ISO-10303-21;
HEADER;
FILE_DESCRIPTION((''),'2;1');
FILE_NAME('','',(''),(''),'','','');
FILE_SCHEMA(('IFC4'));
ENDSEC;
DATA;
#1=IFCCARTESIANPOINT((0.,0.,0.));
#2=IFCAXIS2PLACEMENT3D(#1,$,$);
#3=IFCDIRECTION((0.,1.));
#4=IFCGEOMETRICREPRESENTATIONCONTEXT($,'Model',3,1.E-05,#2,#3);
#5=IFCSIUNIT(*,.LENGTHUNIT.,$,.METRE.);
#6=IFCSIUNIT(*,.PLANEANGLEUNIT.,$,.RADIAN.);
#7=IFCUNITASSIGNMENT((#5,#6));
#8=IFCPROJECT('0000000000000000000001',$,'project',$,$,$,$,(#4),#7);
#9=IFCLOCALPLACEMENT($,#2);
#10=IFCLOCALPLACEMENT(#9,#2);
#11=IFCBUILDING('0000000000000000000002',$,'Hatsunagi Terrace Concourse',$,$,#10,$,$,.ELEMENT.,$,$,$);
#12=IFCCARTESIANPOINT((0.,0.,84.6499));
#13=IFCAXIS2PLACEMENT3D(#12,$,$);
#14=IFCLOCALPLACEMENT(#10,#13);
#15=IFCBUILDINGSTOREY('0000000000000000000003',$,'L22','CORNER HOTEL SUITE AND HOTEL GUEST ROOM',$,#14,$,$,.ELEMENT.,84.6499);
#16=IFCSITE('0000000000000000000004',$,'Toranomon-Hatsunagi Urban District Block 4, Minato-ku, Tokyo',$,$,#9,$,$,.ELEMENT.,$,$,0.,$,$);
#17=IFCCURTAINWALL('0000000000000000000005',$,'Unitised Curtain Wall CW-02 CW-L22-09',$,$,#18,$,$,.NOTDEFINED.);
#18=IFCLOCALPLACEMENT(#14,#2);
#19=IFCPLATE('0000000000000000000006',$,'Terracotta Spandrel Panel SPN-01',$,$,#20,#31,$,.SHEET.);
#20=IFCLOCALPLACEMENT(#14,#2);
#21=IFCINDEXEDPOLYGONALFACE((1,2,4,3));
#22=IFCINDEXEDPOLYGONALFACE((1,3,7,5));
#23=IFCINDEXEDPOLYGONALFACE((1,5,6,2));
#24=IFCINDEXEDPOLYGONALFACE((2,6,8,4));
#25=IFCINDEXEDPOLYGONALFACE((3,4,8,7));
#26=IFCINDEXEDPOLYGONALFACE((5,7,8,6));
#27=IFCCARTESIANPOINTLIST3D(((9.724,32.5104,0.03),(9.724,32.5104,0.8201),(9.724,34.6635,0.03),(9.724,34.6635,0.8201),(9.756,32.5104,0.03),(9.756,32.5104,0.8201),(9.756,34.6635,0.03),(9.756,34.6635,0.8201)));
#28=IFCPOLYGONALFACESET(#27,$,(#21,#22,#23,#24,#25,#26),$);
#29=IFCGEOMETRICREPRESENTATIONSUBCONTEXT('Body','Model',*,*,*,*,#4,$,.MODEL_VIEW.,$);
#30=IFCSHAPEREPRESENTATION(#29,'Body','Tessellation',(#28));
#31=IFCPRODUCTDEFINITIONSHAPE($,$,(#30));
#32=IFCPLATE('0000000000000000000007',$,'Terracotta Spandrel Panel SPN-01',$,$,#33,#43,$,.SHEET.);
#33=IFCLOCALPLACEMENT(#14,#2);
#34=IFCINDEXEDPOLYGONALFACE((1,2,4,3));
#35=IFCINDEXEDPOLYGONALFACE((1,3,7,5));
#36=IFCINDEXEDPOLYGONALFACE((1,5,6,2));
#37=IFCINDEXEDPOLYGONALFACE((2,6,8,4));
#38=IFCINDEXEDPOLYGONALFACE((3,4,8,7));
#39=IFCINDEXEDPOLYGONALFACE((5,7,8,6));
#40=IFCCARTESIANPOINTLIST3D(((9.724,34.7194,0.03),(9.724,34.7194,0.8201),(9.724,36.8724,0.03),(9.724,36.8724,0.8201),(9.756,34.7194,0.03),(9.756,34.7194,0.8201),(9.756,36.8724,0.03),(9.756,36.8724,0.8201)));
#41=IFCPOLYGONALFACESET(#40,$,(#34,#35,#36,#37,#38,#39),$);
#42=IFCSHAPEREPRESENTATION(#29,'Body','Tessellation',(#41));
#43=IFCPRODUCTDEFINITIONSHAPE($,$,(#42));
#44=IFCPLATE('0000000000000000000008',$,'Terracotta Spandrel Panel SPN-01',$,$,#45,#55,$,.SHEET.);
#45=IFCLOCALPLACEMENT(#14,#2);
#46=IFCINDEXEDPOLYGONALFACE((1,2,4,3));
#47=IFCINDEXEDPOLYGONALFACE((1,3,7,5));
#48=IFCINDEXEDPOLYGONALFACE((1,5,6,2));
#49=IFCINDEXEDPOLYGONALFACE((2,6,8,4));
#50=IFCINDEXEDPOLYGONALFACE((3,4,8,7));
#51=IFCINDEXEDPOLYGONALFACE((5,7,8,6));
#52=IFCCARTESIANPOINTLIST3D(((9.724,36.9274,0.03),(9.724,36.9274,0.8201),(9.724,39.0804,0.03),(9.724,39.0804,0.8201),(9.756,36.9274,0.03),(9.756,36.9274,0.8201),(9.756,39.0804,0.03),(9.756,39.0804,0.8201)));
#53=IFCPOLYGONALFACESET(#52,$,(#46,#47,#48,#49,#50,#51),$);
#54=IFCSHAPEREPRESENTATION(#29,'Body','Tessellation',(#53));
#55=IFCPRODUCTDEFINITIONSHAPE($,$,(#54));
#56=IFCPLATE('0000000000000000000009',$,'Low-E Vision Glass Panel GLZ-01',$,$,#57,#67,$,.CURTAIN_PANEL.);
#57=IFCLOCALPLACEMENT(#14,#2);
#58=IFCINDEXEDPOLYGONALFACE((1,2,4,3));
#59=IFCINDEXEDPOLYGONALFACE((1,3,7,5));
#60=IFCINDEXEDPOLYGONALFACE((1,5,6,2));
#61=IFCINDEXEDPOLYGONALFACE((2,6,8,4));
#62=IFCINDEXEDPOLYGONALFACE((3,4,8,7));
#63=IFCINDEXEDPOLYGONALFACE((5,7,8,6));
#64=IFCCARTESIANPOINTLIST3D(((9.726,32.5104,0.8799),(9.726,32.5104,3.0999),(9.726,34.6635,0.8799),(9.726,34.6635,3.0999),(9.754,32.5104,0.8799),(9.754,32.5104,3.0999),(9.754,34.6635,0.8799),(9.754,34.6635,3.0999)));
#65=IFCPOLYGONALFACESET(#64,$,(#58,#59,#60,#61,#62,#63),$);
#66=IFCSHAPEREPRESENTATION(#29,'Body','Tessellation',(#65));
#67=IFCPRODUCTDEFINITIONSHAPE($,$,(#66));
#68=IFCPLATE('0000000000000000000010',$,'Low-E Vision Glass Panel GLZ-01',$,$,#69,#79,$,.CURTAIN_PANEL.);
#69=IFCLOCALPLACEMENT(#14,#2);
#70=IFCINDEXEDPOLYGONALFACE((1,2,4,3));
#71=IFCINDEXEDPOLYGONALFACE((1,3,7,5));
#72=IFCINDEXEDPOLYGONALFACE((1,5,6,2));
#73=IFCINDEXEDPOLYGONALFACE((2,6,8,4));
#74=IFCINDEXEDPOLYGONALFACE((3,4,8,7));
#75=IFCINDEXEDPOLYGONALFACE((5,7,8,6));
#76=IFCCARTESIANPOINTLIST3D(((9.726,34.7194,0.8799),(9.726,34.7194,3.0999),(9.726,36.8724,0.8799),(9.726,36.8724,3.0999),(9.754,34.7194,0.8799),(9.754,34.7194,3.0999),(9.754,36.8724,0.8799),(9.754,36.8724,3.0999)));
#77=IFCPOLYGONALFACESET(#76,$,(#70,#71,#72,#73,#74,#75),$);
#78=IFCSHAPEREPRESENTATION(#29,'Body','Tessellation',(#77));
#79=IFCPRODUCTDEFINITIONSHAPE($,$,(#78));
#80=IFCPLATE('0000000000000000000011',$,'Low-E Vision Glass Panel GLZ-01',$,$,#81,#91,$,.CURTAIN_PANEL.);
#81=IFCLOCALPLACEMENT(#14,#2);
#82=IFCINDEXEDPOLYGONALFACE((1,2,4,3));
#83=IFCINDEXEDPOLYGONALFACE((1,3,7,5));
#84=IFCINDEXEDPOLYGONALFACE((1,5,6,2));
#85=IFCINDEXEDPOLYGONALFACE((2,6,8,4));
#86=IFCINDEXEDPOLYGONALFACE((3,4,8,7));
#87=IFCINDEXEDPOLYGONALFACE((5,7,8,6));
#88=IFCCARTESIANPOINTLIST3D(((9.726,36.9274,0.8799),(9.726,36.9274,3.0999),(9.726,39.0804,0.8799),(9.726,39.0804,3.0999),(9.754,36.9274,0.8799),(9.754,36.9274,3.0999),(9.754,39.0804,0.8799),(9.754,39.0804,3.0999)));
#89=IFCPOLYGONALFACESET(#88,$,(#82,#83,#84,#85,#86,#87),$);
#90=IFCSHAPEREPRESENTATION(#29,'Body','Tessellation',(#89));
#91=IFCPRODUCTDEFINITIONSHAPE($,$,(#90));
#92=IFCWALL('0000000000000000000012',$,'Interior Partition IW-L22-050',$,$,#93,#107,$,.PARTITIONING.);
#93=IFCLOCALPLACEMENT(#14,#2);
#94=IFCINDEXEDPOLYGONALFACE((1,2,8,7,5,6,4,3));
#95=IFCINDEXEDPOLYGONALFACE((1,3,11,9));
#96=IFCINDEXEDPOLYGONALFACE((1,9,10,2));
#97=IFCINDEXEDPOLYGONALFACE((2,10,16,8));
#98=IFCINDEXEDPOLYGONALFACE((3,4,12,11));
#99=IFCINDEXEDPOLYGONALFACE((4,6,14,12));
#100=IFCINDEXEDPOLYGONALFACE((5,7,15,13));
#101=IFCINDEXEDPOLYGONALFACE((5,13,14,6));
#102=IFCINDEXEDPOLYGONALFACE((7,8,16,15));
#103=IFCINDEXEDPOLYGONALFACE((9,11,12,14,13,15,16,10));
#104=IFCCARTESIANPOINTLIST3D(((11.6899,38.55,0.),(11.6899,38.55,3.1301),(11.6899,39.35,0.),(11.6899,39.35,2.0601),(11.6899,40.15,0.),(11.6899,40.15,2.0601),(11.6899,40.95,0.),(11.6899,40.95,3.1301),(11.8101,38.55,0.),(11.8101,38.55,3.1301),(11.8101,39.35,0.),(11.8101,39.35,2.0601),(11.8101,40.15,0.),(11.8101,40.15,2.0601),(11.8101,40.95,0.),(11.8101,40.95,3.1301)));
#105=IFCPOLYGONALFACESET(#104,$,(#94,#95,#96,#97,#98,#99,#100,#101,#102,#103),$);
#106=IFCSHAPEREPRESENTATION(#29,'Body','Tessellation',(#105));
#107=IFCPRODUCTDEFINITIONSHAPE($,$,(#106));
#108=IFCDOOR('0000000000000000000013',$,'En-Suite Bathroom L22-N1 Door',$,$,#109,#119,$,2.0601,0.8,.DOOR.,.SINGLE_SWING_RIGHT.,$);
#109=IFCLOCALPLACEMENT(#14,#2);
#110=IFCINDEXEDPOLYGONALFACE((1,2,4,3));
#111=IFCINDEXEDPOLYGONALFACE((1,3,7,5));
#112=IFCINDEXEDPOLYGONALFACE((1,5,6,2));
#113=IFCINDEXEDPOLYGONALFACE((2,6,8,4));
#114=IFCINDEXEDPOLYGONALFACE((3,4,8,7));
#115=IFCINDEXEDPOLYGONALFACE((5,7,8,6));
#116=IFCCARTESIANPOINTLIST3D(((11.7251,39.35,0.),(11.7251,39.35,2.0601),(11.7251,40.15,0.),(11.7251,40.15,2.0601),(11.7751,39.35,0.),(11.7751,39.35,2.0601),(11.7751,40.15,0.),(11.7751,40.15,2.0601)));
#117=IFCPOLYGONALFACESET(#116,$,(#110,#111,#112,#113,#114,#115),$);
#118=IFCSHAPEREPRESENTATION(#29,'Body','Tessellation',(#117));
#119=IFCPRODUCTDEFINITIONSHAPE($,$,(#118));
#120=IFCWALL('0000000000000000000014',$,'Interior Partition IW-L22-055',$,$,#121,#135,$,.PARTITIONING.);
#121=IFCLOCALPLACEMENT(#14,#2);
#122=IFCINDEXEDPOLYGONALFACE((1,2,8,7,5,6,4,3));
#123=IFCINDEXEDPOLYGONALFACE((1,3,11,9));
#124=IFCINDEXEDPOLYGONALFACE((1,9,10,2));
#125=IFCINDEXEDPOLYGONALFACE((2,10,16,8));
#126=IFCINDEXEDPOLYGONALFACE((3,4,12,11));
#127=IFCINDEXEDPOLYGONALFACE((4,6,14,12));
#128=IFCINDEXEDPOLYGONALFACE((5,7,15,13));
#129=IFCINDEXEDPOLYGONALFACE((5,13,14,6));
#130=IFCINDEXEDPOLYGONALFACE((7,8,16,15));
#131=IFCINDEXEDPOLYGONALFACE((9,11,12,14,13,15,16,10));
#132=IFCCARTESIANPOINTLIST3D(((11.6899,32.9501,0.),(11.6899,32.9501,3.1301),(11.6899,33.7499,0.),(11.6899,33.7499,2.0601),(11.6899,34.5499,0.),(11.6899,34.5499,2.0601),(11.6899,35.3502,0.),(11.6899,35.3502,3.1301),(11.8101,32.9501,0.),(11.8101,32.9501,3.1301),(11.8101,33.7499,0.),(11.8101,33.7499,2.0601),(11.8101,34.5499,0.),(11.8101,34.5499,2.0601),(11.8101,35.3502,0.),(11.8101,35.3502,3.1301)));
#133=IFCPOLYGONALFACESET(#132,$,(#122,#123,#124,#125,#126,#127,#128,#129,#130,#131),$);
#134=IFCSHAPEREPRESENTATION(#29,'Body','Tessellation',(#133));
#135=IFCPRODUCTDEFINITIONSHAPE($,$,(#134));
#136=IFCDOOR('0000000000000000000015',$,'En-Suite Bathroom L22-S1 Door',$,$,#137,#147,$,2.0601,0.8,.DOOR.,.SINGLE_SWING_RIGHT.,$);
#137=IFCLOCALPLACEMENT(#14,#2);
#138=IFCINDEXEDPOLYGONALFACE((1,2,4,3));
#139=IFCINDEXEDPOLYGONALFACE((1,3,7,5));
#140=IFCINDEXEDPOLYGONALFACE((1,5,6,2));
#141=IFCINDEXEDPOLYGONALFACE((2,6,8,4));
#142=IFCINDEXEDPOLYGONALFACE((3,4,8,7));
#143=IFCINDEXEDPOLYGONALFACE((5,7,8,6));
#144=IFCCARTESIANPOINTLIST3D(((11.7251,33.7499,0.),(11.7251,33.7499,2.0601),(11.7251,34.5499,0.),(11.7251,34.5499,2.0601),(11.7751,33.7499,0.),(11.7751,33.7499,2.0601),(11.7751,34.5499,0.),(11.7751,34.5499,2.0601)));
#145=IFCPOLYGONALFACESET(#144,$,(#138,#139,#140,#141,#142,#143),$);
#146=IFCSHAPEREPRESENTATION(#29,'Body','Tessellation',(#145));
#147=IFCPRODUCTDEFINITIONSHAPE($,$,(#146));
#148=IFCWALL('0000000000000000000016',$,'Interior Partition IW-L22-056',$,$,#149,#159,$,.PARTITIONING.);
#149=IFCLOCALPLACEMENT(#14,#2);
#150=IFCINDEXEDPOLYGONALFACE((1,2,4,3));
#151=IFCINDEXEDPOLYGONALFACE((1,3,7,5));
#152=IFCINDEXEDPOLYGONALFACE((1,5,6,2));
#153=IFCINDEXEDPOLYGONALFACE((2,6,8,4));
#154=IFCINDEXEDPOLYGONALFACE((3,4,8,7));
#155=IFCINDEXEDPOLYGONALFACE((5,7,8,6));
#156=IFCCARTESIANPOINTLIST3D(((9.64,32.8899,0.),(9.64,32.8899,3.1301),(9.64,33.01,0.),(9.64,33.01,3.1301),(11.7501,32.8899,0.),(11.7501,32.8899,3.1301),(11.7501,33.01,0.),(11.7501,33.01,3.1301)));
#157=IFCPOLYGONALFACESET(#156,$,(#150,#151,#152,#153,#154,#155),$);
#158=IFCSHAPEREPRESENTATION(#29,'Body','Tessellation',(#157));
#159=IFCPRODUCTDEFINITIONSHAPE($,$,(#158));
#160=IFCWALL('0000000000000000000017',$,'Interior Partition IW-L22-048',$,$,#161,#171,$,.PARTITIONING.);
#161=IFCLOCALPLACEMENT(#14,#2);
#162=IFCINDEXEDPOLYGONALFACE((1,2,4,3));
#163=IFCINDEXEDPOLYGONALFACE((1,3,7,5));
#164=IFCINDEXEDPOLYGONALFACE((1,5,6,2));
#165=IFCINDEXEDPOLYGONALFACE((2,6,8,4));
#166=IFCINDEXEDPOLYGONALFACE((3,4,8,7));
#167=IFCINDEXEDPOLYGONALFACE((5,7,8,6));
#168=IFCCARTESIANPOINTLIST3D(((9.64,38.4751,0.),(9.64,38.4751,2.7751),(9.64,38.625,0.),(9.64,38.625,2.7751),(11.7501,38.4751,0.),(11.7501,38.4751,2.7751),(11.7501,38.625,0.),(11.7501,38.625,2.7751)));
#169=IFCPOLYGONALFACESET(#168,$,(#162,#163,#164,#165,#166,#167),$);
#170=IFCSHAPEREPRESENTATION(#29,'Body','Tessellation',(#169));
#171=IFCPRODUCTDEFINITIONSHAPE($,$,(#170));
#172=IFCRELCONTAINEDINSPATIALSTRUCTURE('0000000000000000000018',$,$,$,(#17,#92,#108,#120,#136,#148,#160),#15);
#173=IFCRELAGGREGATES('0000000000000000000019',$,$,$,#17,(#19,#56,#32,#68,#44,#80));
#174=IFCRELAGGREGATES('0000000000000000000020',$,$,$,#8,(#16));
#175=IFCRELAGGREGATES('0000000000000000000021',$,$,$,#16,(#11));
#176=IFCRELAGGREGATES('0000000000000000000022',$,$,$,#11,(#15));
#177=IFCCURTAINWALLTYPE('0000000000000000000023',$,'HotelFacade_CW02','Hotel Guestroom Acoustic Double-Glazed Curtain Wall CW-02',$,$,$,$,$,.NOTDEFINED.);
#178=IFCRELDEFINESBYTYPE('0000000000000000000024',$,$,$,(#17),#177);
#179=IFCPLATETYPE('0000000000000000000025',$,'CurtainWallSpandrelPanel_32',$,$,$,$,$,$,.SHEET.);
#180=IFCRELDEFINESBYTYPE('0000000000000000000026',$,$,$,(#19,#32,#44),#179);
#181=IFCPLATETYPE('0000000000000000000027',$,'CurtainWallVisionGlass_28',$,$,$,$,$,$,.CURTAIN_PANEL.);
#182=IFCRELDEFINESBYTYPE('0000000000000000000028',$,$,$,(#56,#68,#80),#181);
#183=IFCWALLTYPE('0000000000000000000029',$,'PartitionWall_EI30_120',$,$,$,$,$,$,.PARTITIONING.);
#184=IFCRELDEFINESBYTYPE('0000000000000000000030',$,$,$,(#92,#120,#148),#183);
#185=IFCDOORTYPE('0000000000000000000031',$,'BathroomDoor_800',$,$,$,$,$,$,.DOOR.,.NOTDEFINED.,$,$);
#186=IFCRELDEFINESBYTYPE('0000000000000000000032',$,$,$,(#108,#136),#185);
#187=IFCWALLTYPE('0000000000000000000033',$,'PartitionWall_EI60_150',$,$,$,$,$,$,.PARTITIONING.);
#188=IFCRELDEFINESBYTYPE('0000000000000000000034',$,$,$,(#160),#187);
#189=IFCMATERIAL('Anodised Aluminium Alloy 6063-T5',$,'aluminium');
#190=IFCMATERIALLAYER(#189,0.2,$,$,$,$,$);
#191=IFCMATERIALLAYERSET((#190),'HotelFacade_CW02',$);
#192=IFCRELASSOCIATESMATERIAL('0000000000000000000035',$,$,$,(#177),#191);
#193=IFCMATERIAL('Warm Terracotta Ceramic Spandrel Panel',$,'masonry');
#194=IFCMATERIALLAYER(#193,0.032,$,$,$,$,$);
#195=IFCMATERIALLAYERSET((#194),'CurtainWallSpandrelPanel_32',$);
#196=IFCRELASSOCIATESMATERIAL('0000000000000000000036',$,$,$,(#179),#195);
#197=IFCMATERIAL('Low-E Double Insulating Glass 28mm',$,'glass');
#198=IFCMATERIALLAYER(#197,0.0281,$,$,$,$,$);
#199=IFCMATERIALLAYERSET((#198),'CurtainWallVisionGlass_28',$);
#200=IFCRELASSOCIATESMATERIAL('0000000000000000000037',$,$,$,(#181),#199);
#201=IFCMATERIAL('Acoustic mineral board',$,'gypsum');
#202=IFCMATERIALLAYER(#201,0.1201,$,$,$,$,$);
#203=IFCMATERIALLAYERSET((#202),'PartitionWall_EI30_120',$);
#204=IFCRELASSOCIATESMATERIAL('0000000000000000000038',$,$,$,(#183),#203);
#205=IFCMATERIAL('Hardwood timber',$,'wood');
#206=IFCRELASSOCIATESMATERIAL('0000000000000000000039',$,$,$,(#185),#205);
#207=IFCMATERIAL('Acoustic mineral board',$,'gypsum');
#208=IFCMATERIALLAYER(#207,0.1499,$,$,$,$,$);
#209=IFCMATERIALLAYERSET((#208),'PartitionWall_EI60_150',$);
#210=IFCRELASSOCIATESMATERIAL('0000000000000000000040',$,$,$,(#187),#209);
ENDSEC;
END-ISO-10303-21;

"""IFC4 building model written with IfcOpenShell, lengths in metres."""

from ifc_helpers import new_model, si_unit, direction, frame, frame_2d, origin, origin_2d, place, context, subcontext, project, spatial, rectangle, extrude, material, layer, layer_set, type_object, element, fill, aggregate, save


model = new_model("IFC4")

# Units and contexts
model_context = context("Model", 3, precision=1e-05, world=origin(), true_north=direction((0.0, 1.0)))
body_context = subcontext(model_context, "Body", "Model", "MODEL_VIEW")
ifc_project = project(units=[si_unit("LENGTHUNIT", "METRE"), si_unit("PLANEANGLEUNIT", "RADIAN")], contexts=[model_context])

# Site, building, storey
site_placement = place(None, origin())
site = spatial("IfcSite", under=ifc_project, at=site_placement, Name="Toranomon-Hatsunagi Urban District Block 4, Minato-ku, Tokyo", CompositionType="ELEMENT", RefElevation=0.0)
building_placement = place(site_placement, origin())
building = spatial("IfcBuilding", under=site, at=building_placement, Name="Hatsunagi Terrace Concourse", CompositionType="ELEMENT")
storey_placement = place(building_placement, frame((0.0, 0.0, 84.6499)))
storey = spatial("IfcBuildingStorey", under=building, at=storey_placement, Name="L22", Description="CORNER HOTEL SUITE AND HOTEL GUEST ROOM", CompositionType="ELEMENT", Elevation=84.6499)

# Curtain wall
ifc_material_1 = material(Name="Anodised Aluminium Alloy 6063-T5", Category="aluminium")
ifc_layer_1 = layer(ifc_material_1, 0.2)
ifc_layer_set_1 = layer_set([ifc_layer_1], Name="HotelFacade_CW02")
curtain_wall_type = type_object("IfcCurtainWallType", Name="HotelFacade_CW02", Description="Hotel Guestroom Acoustic Double-Glazed Curtain Wall CW-02", PredefinedType="NOTDEFINED", material=ifc_layer_set_1)
curtain_wall_placement = place(storey_placement, origin())
curtain_wall = element("IfcCurtainWall", 1, at=curtain_wall_placement, inside=storey, type_object=curtain_wall_type, Name="Unitised Curtain Wall CW-02 CW-L22-09", PredefinedType="NOTDEFINED")

# Plates
ifc_material_2 = material(Name="Warm Terracotta Ceramic Spandrel Panel", Category="masonry")
ifc_layer_2 = layer(ifc_material_2, 0.032)
ifc_layer_set_2 = layer_set([ifc_layer_2], Name="CurtainWallSpandrelPanel_32")
plate_type_1 = type_object("IfcPlateType", Name="CurtainWallSpandrelPanel_32", PredefinedType="SHEET", material=ifc_layer_set_2)
plate_1_placement = place(storey_placement, frame((9.74, 33.5869, 0.03), z_axis=(0.0, 0.0, 1.0), x_axis=(0.0, 1.0, 0.0)))
plate_1 = element("IfcPlate", 2, at=plate_1_placement, type_object=plate_type_1, Name="Terracotta Spandrel Panel SPN-01", PredefinedType="SHEET", context=body_context, shape_type="SweptSolid", body=[
    extrude(rectangle(XDim=2.1531, YDim=0.032, at=origin_2d()), origin(), (0.0, 0.0, 1.0), 0.79),
])
plate_2_placement = place(storey_placement, frame((9.74, 35.7959, 0.03), z_axis=(0.0, 0.0, 1.0), x_axis=(0.0, 1.0, 0.0)))
plate_2 = element("IfcPlate", 3, at=plate_2_placement, type_object=plate_type_1, Name="Terracotta Spandrel Panel SPN-01", PredefinedType="SHEET", context=body_context, shape_type="SweptSolid", body=[
    extrude(rectangle(XDim=2.1531, YDim=0.032, at=origin_2d()), origin(), (0.0, 0.0, 1.0), 0.79),
])
plate_3_placement = place(storey_placement, frame((9.74, 38.0039, 0.03), z_axis=(0.0, 0.0, 1.0), x_axis=(0.0, 1.0, 0.0)))
plate_3 = element("IfcPlate", 4, at=plate_3_placement, type_object=plate_type_1, Name="Terracotta Spandrel Panel SPN-01", PredefinedType="SHEET", context=body_context, shape_type="SweptSolid", body=[
    extrude(rectangle(XDim=2.1531, YDim=0.032, at=origin_2d()), origin(), (0.0, 0.0, 1.0), 0.79),
])
ifc_material_3 = material(Name="Low-E Double Insulating Glass 28mm", Category="glass")
ifc_layer_3 = layer(ifc_material_3, 0.0281)
ifc_layer_set_3 = layer_set([ifc_layer_3], Name="CurtainWallVisionGlass_28")
plate_type_2 = type_object("IfcPlateType", Name="CurtainWallVisionGlass_28", PredefinedType="CURTAIN_PANEL", material=ifc_layer_set_3)
plate_4_placement = place(storey_placement, frame((9.74, 33.5869, 0.8799), z_axis=(0.0, 0.0, 1.0), x_axis=(0.0, 1.0, 0.0)))
plate_4 = element("IfcPlate", 5, at=plate_4_placement, type_object=plate_type_2, Name="Low-E Vision Glass Panel GLZ-01", PredefinedType="CURTAIN_PANEL", context=body_context, shape_type="SweptSolid", body=[
    extrude(rectangle(XDim=2.1531, YDim=0.0281, at=origin_2d()), origin(), (0.0, 0.0, 1.0), 2.22),
])
plate_5_placement = place(storey_placement, frame((9.74, 35.7959, 0.8799), z_axis=(0.0, 0.0, 1.0), x_axis=(0.0, 1.0, 0.0)))
plate_5 = element("IfcPlate", 6, at=plate_5_placement, type_object=plate_type_2, Name="Low-E Vision Glass Panel GLZ-01", PredefinedType="CURTAIN_PANEL", context=body_context, shape_type="SweptSolid", body=[
    extrude(rectangle(XDim=2.1531, YDim=0.0281, at=origin_2d()), origin(), (0.0, 0.0, 1.0), 2.22),
])
plate_6_placement = place(storey_placement, frame((9.74, 38.0039, 0.8799), z_axis=(0.0, 0.0, 1.0), x_axis=(0.0, 1.0, 0.0)))
plate_6 = element("IfcPlate", 7, at=plate_6_placement, type_object=plate_type_2, Name="Low-E Vision Glass Panel GLZ-01", PredefinedType="CURTAIN_PANEL", context=body_context, shape_type="SweptSolid", body=[
    extrude(rectangle(XDim=2.1531, YDim=0.0281, at=origin_2d()), origin(), (0.0, 0.0, 1.0), 2.22),
])
aggregate(curtain_wall, [plate_1, plate_4, plate_2, plate_5, plate_3, plate_6])

# Walls, openings, doors
ifc_material_4 = material(Name="Acoustic mineral board", Category="gypsum")
ifc_layer_4 = layer(ifc_material_4, 0.1201)
ifc_layer_set_4 = layer_set([ifc_layer_4], Name="PartitionWall_EI30_120")
wall_type_1 = type_object("IfcWallType", Name="PartitionWall_EI30_120", PredefinedType="PARTITIONING", material=ifc_layer_set_4)
wall_1_placement = place(storey_placement, frame((11.75, 38.55, 0.0), z_axis=(0.0, 0.0, 1.0), x_axis=(0.0, 1.0, 0.0)))
wall_1 = element("IfcWall", 8, at=wall_1_placement, inside=storey, type_object=wall_type_1, Name="Interior Partition IW-L22-050", PredefinedType="PARTITIONING", context=body_context, shape_type="SweptSolid", body=[
    extrude(rectangle(XDim=2.3999, YDim=0.1201, at=frame_2d((1.2, 0.0))), origin(), (0.0, 0.0, 1.0), 3.1301),
])
opening_1_placement = place(wall_1_placement, frame((0.8, 0.0, 0.0)))
opening_1 = element("IfcOpeningElement", 9, at=opening_1_placement, cuts=wall_1, PredefinedType="OPENING", context=body_context, shape_type="SweptSolid", body=[
    extrude(rectangle(XDim=0.8, YDim=2.0601, at=frame_2d((0.3999, 1.03))), frame((0.0, 0.0701, 0.0), z_axis=(0.0, -1.0, 0.0), x_axis=(1.0, 0.0, 0.0)), (0.0, 0.0, 1.0), 0.1401),
])
ifc_material_5 = material(Name="Hardwood timber", Category="wood")
door_type_1 = type_object("IfcDoorType", Name="BathroomDoor_800", OperationType="NOTDEFINED", PredefinedType="DOOR", material=ifc_material_5)
door_1_placement = place(opening_1_placement, origin())
door_1 = element("IfcDoor", 10, at=door_1_placement, inside=storey, type_object=door_type_1, Name="En-Suite Bathroom L22-N1 Door", OperationType="SINGLE_SWING_RIGHT", OverallHeight=2.0601, OverallWidth=0.8, PredefinedType="DOOR", context=body_context, shape_type="SweptSolid", body=[
    extrude(rectangle(XDim=0.8, YDim=2.0601, at=frame_2d((0.3999, 1.03))), frame((0.0, 0.0249, 0.0), z_axis=(0.0, -1.0, 0.0), x_axis=(1.0, 0.0, 0.0)), (0.0, 0.0, 1.0), 0.05),
])
fill(opening_1, door_1)
wall_2_placement = place(storey_placement, frame((11.75, 32.95, 0.0), z_axis=(0.0, 0.0, 1.0), x_axis=(0.0, 1.0, 0.0)))
wall_2 = element("IfcWall", 11, at=wall_2_placement, inside=storey, type_object=wall_type_1, Name="Interior Partition IW-L22-055", PredefinedType="PARTITIONING", context=body_context, shape_type="SweptSolid", body=[
    extrude(rectangle(XDim=2.4001, YDim=0.1201, at=frame_2d((1.2002, 0.0))), origin(), (0.0, 0.0, 1.0), 3.1301),
])
opening_2_placement = place(wall_2_placement, frame((0.8, 0.0, 0.0)))
opening_2 = element("IfcOpeningElement", 12, at=opening_2_placement, cuts=wall_2, PredefinedType="OPENING", context=body_context, shape_type="SweptSolid", body=[
    extrude(rectangle(XDim=0.8, YDim=2.0601, at=frame_2d((0.3999, 1.03))), frame((0.0, 0.0701, 0.0), z_axis=(0.0, -1.0, 0.0), x_axis=(1.0, 0.0, 0.0)), (0.0, 0.0, 1.0), 0.1401),
])
door_2_placement = place(opening_2_placement, origin())
door_2 = element("IfcDoor", 13, at=door_2_placement, inside=storey, type_object=door_type_1, Name="En-Suite Bathroom L22-S1 Door", OperationType="SINGLE_SWING_RIGHT", OverallHeight=2.0601, OverallWidth=0.8, PredefinedType="DOOR", context=body_context, shape_type="SweptSolid", body=[
    extrude(rectangle(XDim=0.8, YDim=2.0601, at=frame_2d((0.3999, 1.03))), frame((0.0, 0.0249, 0.0), z_axis=(0.0, -1.0, 0.0), x_axis=(1.0, 0.0, 0.0)), (0.0, 0.0, 1.0), 0.05),
])
fill(opening_2, door_2)

# Walls
wall_3_placement = place(storey_placement, frame((9.6399, 32.95, 0.0), z_axis=(0.0, 0.0, 1.0), x_axis=(1.0, 0.0, 0.0)))
element("IfcWall", 14, at=wall_3_placement, inside=storey, type_object=wall_type_1, Name="Interior Partition IW-L22-056", PredefinedType="PARTITIONING", context=body_context, shape_type="SweptSolid", body=[
    extrude(rectangle(XDim=2.1101, YDim=0.1201, at=frame_2d((1.0552, 0.0))), origin(), (0.0, 0.0, 1.0), 3.1301),
])
ifc_material_6 = material(Name="Acoustic mineral board", Category="gypsum")
ifc_layer_5 = layer(ifc_material_6, 0.1499)
ifc_layer_set_5 = layer_set([ifc_layer_5], Name="PartitionWall_EI60_150")
wall_type_2 = type_object("IfcWallType", Name="PartitionWall_EI60_150", PredefinedType="PARTITIONING", material=ifc_layer_set_5)
wall_4_placement = place(storey_placement, frame((9.6399, 38.55, 0.0), z_axis=(0.0, 0.0, 1.0), x_axis=(1.0, 0.0, 0.0)))
element("IfcWall", 15, at=wall_4_placement, inside=storey, type_object=wall_type_2, Name="Interior Partition IW-L22-048", PredefinedType="PARTITIONING", context=body_context, shape_type="SweptSolid", body=[
    extrude(rectangle(XDim=2.1101, YDim=0.1499, at=frame_2d((1.0552, 0.0))), origin(), (0.0, 0.0, 1.0), 2.7751),
])

save(model, "model.ifc")
